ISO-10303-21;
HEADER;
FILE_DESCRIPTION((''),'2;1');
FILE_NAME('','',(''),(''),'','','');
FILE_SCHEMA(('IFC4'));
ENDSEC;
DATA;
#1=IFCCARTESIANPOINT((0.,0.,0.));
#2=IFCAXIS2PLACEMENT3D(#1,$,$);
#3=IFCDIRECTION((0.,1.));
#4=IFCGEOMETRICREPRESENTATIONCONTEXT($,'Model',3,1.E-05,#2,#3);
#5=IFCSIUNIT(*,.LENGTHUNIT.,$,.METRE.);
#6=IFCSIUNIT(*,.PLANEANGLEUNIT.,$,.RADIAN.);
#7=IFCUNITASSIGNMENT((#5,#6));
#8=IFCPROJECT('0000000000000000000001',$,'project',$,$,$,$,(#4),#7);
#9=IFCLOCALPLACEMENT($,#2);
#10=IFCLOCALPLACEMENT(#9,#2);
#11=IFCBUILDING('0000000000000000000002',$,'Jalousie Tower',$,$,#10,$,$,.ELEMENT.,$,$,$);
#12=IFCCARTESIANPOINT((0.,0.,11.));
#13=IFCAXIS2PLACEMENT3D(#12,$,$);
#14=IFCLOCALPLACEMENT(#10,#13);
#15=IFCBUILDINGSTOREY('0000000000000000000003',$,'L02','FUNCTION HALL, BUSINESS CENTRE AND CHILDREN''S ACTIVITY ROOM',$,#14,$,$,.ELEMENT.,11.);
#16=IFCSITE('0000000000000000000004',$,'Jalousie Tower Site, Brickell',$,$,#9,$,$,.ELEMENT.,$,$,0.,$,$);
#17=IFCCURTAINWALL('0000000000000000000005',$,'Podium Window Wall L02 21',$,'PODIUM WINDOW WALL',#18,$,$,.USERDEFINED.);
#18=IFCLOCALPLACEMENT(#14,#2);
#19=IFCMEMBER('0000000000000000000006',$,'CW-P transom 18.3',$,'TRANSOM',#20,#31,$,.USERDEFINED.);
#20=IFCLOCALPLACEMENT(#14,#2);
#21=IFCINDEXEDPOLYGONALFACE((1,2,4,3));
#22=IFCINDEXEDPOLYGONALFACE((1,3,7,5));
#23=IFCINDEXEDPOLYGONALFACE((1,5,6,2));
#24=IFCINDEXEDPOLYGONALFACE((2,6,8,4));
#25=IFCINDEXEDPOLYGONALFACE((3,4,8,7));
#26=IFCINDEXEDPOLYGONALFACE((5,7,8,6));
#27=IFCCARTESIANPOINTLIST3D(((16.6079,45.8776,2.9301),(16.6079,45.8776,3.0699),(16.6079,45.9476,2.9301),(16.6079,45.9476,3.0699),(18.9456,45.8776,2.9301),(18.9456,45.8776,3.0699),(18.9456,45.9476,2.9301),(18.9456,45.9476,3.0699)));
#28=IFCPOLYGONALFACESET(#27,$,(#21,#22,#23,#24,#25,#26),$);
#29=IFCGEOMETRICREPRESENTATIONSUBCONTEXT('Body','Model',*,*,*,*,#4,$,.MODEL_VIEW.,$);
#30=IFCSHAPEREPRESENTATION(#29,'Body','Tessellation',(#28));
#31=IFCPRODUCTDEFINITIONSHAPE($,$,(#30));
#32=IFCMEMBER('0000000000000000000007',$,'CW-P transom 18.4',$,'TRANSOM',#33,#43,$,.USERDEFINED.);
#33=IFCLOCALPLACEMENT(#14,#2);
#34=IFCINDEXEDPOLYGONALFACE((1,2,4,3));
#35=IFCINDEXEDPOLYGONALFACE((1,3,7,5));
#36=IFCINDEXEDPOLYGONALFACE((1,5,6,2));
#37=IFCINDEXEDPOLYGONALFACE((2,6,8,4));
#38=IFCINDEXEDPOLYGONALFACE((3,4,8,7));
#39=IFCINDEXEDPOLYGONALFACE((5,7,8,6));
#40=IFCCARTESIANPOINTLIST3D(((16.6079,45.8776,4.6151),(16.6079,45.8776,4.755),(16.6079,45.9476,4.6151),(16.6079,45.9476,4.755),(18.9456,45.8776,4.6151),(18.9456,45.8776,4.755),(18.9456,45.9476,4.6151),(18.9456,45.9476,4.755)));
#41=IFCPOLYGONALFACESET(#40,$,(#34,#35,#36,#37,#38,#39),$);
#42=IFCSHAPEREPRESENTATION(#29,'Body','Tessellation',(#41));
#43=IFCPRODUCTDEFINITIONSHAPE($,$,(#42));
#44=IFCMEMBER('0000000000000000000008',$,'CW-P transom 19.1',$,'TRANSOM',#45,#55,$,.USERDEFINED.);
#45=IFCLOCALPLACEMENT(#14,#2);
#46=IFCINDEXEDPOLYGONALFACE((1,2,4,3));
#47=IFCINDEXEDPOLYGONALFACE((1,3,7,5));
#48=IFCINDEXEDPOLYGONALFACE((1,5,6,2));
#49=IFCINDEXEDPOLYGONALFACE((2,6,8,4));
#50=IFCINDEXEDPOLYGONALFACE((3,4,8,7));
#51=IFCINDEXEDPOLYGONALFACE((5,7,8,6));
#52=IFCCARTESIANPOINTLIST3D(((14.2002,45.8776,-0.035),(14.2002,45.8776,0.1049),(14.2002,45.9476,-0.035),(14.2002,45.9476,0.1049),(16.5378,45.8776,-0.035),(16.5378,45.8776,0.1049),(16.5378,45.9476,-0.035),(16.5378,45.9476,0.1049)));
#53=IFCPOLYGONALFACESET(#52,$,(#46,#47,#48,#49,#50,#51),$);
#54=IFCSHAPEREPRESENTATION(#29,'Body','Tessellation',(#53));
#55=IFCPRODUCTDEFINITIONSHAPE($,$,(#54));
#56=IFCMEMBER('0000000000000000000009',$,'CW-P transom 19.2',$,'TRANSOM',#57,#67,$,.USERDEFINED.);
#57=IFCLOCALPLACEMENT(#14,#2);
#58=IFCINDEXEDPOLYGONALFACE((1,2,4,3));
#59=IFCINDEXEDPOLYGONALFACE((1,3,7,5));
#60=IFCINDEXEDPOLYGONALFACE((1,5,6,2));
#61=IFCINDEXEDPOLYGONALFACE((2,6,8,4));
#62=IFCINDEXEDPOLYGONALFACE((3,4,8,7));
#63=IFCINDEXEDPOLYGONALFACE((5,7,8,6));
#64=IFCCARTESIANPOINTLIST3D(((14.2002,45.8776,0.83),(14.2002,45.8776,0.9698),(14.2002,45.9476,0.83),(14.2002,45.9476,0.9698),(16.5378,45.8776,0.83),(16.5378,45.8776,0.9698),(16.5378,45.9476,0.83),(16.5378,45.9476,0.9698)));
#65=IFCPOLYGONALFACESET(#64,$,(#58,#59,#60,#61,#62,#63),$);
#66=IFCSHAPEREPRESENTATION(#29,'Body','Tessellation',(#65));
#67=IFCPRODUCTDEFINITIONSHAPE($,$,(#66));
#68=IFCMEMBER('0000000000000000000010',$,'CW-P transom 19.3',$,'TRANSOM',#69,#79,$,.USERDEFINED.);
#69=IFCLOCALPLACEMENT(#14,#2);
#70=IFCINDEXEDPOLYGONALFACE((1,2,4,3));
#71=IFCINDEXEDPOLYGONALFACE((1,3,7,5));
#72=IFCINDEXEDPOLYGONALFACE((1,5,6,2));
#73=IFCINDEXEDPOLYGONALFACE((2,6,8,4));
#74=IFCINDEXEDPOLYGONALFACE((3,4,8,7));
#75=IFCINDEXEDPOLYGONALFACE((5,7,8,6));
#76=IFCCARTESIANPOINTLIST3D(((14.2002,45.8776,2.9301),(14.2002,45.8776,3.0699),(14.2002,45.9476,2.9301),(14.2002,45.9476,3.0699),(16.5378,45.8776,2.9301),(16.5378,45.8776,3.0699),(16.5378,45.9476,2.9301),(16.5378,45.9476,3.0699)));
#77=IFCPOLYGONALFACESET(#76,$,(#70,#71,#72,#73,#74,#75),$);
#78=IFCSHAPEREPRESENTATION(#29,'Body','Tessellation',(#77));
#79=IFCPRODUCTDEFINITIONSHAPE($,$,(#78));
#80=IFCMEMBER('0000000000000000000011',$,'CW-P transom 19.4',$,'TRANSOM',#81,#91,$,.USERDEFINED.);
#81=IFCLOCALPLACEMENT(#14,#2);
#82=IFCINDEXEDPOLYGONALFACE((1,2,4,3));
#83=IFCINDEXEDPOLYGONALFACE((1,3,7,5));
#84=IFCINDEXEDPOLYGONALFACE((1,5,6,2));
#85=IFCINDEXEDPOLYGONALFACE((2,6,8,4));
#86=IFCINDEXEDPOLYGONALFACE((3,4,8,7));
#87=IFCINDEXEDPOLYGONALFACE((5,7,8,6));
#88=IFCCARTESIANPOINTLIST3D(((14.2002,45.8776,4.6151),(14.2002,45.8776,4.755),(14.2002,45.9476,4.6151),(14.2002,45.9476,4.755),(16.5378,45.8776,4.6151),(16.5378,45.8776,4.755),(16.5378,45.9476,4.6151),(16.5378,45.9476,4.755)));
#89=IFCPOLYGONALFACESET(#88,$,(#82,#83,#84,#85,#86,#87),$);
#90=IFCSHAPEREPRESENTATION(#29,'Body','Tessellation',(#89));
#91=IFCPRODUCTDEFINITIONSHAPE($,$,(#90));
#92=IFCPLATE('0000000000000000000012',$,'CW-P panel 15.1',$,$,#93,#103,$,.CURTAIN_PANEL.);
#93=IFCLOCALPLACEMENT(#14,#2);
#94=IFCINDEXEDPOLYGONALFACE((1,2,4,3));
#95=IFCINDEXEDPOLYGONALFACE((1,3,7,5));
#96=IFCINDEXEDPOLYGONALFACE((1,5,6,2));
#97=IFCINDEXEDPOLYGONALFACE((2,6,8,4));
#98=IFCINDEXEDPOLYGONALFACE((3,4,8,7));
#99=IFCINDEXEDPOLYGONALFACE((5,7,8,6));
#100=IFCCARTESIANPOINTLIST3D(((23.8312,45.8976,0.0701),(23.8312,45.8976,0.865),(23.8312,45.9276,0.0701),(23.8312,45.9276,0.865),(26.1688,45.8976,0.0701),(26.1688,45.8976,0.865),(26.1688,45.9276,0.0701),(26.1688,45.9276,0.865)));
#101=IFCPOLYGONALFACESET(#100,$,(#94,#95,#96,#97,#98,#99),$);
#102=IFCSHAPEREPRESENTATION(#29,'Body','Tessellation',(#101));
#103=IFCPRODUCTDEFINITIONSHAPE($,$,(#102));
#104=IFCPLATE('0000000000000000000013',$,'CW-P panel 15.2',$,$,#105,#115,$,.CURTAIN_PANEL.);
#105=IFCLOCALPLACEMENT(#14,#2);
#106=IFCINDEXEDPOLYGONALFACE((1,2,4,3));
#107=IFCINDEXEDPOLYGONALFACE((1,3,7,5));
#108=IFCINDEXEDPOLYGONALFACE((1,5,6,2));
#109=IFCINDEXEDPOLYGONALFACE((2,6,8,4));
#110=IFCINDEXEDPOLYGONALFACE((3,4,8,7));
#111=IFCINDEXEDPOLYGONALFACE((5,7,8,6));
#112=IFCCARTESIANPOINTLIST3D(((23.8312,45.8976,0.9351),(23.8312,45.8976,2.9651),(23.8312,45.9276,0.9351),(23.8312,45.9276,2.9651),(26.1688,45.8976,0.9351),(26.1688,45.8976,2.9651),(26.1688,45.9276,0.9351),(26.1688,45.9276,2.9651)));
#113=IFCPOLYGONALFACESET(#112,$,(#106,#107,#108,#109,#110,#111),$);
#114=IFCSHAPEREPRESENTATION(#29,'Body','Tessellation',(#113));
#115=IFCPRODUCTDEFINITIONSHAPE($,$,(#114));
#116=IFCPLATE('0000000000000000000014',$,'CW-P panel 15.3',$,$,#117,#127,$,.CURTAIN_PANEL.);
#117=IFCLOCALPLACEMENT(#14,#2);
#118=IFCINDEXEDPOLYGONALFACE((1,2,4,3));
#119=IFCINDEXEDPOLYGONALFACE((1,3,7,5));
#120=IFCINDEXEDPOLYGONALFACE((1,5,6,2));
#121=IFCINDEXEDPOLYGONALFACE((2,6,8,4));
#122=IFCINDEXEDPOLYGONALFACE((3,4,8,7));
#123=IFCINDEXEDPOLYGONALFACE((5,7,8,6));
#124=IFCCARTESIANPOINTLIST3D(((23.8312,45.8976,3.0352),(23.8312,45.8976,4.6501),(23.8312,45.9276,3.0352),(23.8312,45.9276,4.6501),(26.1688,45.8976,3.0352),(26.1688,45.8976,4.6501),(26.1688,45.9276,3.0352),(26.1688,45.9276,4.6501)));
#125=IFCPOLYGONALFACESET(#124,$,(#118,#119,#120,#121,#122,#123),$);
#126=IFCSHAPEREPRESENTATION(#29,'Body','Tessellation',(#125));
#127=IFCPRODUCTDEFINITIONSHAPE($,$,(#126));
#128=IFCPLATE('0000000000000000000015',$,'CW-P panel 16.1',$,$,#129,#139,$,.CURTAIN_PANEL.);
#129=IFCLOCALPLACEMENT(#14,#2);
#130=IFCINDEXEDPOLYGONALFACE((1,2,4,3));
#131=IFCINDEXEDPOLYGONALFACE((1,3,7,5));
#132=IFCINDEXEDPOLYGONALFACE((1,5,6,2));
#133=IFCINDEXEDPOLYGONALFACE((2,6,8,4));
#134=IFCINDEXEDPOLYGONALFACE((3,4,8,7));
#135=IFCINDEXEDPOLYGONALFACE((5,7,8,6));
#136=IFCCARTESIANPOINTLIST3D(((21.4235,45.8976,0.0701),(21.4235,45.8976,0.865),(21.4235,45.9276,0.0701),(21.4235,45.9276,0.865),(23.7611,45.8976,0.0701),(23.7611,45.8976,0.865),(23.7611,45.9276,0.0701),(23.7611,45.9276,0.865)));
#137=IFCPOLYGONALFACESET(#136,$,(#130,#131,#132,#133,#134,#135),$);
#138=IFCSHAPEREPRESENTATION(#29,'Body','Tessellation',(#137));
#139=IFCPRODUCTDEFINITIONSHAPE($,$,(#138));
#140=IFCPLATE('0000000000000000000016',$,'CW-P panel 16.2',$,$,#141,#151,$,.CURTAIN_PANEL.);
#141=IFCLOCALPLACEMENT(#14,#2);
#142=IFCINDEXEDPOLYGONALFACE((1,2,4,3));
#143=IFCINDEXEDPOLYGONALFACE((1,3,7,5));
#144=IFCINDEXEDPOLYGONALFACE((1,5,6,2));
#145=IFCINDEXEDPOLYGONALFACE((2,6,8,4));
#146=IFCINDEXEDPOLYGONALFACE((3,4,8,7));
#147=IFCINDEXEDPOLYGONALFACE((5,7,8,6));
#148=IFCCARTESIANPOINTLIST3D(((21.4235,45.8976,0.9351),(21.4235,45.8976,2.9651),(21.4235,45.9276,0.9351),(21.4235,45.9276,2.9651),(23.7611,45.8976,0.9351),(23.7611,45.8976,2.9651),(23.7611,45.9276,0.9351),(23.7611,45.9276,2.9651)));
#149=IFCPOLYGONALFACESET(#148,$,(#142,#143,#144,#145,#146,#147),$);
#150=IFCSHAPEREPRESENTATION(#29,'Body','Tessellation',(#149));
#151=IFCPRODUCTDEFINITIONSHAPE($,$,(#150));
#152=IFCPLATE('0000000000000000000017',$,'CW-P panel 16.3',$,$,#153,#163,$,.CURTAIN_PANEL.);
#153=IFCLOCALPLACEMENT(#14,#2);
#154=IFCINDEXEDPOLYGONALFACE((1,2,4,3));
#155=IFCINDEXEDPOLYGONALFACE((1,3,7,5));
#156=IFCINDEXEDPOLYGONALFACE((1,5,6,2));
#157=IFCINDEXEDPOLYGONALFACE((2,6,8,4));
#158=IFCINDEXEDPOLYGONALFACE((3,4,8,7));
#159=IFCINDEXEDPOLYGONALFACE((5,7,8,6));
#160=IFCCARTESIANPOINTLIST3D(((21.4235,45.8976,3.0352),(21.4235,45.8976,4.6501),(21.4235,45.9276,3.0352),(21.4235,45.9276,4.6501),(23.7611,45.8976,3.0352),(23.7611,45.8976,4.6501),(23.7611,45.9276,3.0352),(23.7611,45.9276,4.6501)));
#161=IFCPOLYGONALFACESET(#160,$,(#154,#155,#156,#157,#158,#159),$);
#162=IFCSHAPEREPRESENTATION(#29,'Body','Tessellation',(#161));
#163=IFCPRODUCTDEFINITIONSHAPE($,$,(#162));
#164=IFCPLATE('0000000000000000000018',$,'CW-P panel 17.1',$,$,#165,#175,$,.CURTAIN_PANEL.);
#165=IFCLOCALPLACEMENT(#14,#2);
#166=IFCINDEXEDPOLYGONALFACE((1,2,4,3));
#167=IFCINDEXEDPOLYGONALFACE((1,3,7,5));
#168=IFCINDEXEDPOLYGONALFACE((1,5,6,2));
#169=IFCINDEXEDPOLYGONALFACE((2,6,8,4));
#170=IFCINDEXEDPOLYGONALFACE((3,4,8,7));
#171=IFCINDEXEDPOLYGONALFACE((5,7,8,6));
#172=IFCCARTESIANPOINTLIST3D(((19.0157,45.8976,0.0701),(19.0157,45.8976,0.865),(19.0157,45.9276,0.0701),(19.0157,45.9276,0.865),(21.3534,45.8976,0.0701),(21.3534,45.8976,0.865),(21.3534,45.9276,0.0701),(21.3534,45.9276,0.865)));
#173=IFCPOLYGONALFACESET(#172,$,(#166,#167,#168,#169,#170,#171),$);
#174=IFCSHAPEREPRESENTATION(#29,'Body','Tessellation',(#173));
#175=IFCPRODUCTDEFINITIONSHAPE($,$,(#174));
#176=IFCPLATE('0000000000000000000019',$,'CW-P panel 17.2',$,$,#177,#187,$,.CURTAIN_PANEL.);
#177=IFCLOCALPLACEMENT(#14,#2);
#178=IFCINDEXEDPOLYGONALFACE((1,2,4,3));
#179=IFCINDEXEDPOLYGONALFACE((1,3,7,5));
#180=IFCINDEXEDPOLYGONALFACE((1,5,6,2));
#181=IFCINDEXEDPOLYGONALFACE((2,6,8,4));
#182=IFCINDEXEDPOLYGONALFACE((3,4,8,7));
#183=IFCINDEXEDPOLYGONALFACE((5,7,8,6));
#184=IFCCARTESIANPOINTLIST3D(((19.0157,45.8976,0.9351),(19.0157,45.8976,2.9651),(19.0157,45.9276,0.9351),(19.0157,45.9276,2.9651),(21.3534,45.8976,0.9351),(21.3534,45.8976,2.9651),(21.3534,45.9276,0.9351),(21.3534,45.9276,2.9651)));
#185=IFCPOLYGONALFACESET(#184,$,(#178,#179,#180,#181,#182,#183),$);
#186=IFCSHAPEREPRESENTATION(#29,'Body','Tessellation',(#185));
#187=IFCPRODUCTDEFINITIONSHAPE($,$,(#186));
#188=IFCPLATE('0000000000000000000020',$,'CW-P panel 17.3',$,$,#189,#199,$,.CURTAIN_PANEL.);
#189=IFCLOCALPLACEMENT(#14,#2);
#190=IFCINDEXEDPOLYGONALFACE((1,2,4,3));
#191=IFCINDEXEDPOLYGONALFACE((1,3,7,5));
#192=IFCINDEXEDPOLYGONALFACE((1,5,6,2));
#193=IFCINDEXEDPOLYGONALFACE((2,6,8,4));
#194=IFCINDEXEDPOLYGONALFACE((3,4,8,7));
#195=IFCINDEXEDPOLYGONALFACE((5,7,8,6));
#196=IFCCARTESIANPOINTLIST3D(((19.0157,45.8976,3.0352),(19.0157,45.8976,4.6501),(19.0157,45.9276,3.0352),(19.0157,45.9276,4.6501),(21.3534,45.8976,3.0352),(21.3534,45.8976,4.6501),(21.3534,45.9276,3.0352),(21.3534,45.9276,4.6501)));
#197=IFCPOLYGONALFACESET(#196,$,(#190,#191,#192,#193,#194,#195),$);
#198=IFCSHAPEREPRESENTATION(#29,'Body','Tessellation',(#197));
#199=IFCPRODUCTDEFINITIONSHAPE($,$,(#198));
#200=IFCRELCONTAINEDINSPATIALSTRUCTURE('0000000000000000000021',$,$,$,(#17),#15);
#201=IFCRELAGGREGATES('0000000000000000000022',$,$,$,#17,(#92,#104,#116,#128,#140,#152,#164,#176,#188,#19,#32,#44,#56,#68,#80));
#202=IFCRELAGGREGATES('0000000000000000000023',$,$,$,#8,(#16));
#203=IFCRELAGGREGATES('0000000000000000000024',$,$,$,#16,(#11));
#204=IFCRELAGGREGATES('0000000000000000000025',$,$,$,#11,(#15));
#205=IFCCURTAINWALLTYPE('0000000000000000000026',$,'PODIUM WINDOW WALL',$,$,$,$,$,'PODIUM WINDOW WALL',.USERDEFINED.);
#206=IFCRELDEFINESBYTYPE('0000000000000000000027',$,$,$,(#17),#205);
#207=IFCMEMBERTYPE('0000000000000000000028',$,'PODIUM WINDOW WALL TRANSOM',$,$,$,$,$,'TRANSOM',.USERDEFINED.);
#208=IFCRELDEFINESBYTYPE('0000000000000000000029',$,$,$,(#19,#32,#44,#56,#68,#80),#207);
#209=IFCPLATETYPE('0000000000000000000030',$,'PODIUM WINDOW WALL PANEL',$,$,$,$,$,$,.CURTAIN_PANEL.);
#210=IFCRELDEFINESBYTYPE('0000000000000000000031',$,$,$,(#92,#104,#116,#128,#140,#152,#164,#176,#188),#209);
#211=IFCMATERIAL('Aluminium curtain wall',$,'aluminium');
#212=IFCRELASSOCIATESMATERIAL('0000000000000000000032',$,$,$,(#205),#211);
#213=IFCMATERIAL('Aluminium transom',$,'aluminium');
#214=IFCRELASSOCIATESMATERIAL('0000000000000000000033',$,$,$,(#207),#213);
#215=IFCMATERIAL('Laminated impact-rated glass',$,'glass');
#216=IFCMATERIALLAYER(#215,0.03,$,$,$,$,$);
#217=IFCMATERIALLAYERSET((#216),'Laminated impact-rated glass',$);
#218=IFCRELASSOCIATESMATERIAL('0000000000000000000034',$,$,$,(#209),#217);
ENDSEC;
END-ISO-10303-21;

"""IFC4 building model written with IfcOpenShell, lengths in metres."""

from ifc_helpers import new_model, si_unit, direction, frame, origin, origin_2d, place, context, subcontext, project, spatial, rectangle, extrude, material, layer, layer_set, material_profile, profile_set, type_object, element, aggregate, save


model = new_model("IFC4")

# Units and contexts
model_context = context("Model", 3, precision=1e-05, world=origin(), true_north=direction((0.0, 1.0)))
body_context = subcontext(model_context, "Body", "Model", "MODEL_VIEW")
ifc_project = project(units=[si_unit("LENGTHUNIT", "METRE"), si_unit("PLANEANGLEUNIT", "RADIAN")], contexts=[model_context])

# Site, building, storey
site_placement = place(None, origin())
site = spatial("IfcSite", under=ifc_project, at=site_placement, Name="Jalousie Tower Site, Brickell", CompositionType="ELEMENT", RefElevation=0.0)
building_placement = place(site_placement, origin())
building = spatial("IfcBuilding", under=site, at=building_placement, Name="Jalousie Tower", CompositionType="ELEMENT")
storey_placement = place(building_placement, frame((0.0, 0.0, 11.0)))
storey = spatial("IfcBuildingStorey", under=building, at=storey_placement, Name="L02", Description="FUNCTION HALL, BUSINESS CENTRE AND CHILDREN'S ACTIVITY ROOM", CompositionType="ELEMENT", Elevation=11.0)

# Curtain wall, members, plates
ifc_material_1 = material(Name="Aluminium curtain wall", Category="aluminium")
curtain_wall_type = type_object("IfcCurtainWallType", Name="PODIUM WINDOW WALL", ElementType="PODIUM WINDOW WALL", PredefinedType="USERDEFINED", material=ifc_material_1)
curtain_wall_placement = place(storey_placement, origin())
curtain_wall = element("IfcCurtainWall", 1, at=curtain_wall_placement, inside=storey, type_object=curtain_wall_type, Name="Podium Window Wall L02 21", ObjectType="PODIUM WINDOW WALL", PredefinedType="USERDEFINED")
ifc_material_2 = material(Name="Aluminium transom", Category="aluminium")
ifc_material_profile_1 = material_profile(ifc_material_2, rectangle(XDim=0.0701, YDim=0.1399, at=origin_2d()), Name="TRANSOM 70x140")
ifc_profile_set_1 = profile_set([ifc_material_profile_1], Name="Aluminium transom")
member_type_1 = type_object("IfcMemberType", Name="PODIUM WINDOW WALL TRANSOM", ElementType="TRANSOM", PredefinedType="USERDEFINED", material=ifc_profile_set_1)
member_1_placement = place(storey_placement, frame((18.9456, 45.9126, 3.0), z_axis=(-1.0, 0.0, 0.0), x_axis=(0.0, -1.0, 0.0)))
member_1 = element("IfcMember", 2, at=member_1_placement, type_object=member_type_1, Name="CW-P transom 18.3", ObjectType="TRANSOM", PredefinedType="USERDEFINED", context=body_context, shape_type="SweptSolid", body=[
    extrude(rectangle(XDim=0.0701, YDim=0.1399, at=origin_2d()), origin(), (0.0, 0.0, 1.0), 2.3376),
])
member_2_placement = place(storey_placement, frame((18.9456, 45.9126, 4.6851), z_axis=(-1.0, 0.0, 0.0), x_axis=(0.0, -1.0, 0.0)))
member_2 = element("IfcMember", 3, at=member_2_placement, type_object=member_type_1, Name="CW-P transom 18.4", ObjectType="TRANSOM", PredefinedType="USERDEFINED", context=body_context, shape_type="SweptSolid", body=[
    extrude(rectangle(XDim=0.0701, YDim=0.1399, at=origin_2d()), origin(), (0.0, 0.0, 1.0), 2.3376),
])
member_3_placement = place(storey_placement, frame((16.5378, 45.9126, 0.0349), z_axis=(-1.0, 0.0, 0.0), x_axis=(0.0, -1.0, 0.0)))
member_3 = element("IfcMember", 4, at=member_3_placement, type_object=member_type_1, Name="CW-P transom 19.1", ObjectType="TRANSOM", PredefinedType="USERDEFINED", context=body_context, shape_type="SweptSolid", body=[
    extrude(rectangle(XDim=0.0701, YDim=0.1399, at=origin_2d()), origin(), (0.0, 0.0, 1.0), 2.3376),
])
member_4_placement = place(storey_placement, frame((16.5378, 45.9126, 0.8999), z_axis=(-1.0, 0.0, 0.0), x_axis=(0.0, -1.0, 0.0)))
member_4 = element("IfcMember", 5, at=member_4_placement, type_object=member_type_1, Name="CW-P transom 19.2", ObjectType="TRANSOM", PredefinedType="USERDEFINED", context=body_context, shape_type="SweptSolid", body=[
    extrude(rectangle(XDim=0.0701, YDim=0.1399, at=origin_2d()), origin(), (0.0, 0.0, 1.0), 2.3376),
])
member_5_placement = place(storey_placement, frame((16.5378, 45.9126, 3.0), z_axis=(-1.0, 0.0, 0.0), x_axis=(0.0, -1.0, 0.0)))
member_5 = element("IfcMember", 6, at=member_5_placement, type_object=member_type_1, Name="CW-P transom 19.3", ObjectType="TRANSOM", PredefinedType="USERDEFINED", context=body_context, shape_type="SweptSolid", body=[
    extrude(rectangle(XDim=0.0701, YDim=0.1399, at=origin_2d()), origin(), (0.0, 0.0, 1.0), 2.3376),
])
member_6_placement = place(storey_placement, frame((16.5378, 45.9126, 4.6851), z_axis=(-1.0, 0.0, 0.0), x_axis=(0.0, -1.0, 0.0)))
member_6 = element("IfcMember", 7, at=member_6_placement, type_object=member_type_1, Name="CW-P transom 19.4", ObjectType="TRANSOM", PredefinedType="USERDEFINED", context=body_context, shape_type="SweptSolid", body=[
    extrude(rectangle(XDim=0.0701, YDim=0.1399, at=origin_2d()), origin(), (0.0, 0.0, 1.0), 2.3376),
])
ifc_material_3 = material(Name="Laminated impact-rated glass", Category="glass")
ifc_layer = layer(ifc_material_3, 0.03)
ifc_layer_set = layer_set([ifc_layer], Name="Laminated impact-rated glass")
plate_type = type_object("IfcPlateType", Name="PODIUM WINDOW WALL PANEL", PredefinedType="CURTAIN_PANEL", material=ifc_layer_set)
plate_1_placement = place(storey_placement, frame((25.0, 45.9126, 0.0701), z_axis=(0.0, 0.0, 1.0), x_axis=(-1.0, 0.0, 0.0)))
plate_1 = element("IfcPlate", 8, at=plate_1_placement, type_object=plate_type, Name="CW-P panel 15.1", PredefinedType="CURTAIN_PANEL", context=body_context, shape_type="SweptSolid", body=[
    extrude(rectangle(XDim=2.3376, YDim=0.03, at=origin_2d()), origin(), (0.0, 0.0, 1.0), 0.7949),
])
plate_2_placement = place(storey_placement, frame((25.0, 45.9126, 0.9351), z_axis=(0.0, 0.0, 1.0), x_axis=(-1.0, 0.0, 0.0)))
plate_2 = element("IfcPlate", 9, at=plate_2_placement, type_object=plate_type, Name="CW-P panel 15.2", PredefinedType="CURTAIN_PANEL", context=body_context, shape_type="SweptSolid", body=[
    extrude(rectangle(XDim=2.3376, YDim=0.03, at=origin_2d()), origin(), (0.0, 0.0, 1.0), 2.03),
])
plate_3_placement = place(storey_placement, frame((25.0, 45.9126, 3.0352), z_axis=(0.0, 0.0, 1.0), x_axis=(-1.0, 0.0, 0.0)))
plate_3 = element("IfcPlate", 10, at=plate_3_placement, type_object=plate_type, Name="CW-P panel 15.3", PredefinedType="CURTAIN_PANEL", context=body_context, shape_type="SweptSolid", body=[
    extrude(rectangle(XDim=2.3376, YDim=0.03, at=origin_2d()), origin(), (0.0, 0.0, 1.0), 1.615),
])
plate_4_placement = place(storey_placement, frame((22.5923, 45.9126, 0.0701), z_axis=(0.0, 0.0, 1.0), x_axis=(-1.0, 0.0, 0.0)))
plate_4 = element("IfcPlate", 11, at=plate_4_placement, type_object=plate_type, Name="CW-P panel 16.1", PredefinedType="CURTAIN_PANEL", context=body_context, shape_type="SweptSolid", body=[
    extrude(rectangle(XDim=2.3376, YDim=0.03, at=origin_2d()), origin(), (0.0, 0.0, 1.0), 0.7949),
])
plate_5_placement = place(storey_placement, frame((22.5923, 45.9126, 0.9351), z_axis=(0.0, 0.0, 1.0), x_axis=(-1.0, 0.0, 0.0)))
plate_5 = element("IfcPlate", 12, at=plate_5_placement, type_object=plate_type, Name="CW-P panel 16.2", PredefinedType="CURTAIN_PANEL", context=body_context, shape_type="SweptSolid", body=[
    extrude(rectangle(XDim=2.3376, YDim=0.03, at=origin_2d()), origin(), (0.0, 0.0, 1.0), 2.03),
])
plate_6_placement = place(storey_placement, frame((22.5923, 45.9126, 3.0352), z_axis=(0.0, 0.0, 1.0), x_axis=(-1.0, 0.0, 0.0)))
plate_6 = element("IfcPlate", 13, at=plate_6_placement, type_object=plate_type, Name="CW-P panel 16.3", PredefinedType="CURTAIN_PANEL", context=body_context, shape_type="SweptSolid", body=[
    extrude(rectangle(XDim=2.3376, YDim=0.03, at=origin_2d()), origin(), (0.0, 0.0, 1.0), 1.615),
])
plate_7_placement = place(storey_placement, frame((20.1846, 45.9126, 0.0701), z_axis=(0.0, 0.0, 1.0), x_axis=(-1.0, 0.0, 0.0)))
plate_7 = element("IfcPlate", 14, at=plate_7_placement, type_object=plate_type, Name="CW-P panel 17.1", PredefinedType="CURTAIN_PANEL", context=body_context, shape_type="SweptSolid", body=[
    extrude(rectangle(XDim=2.3376, YDim=0.03, at=origin_2d()), origin(), (0.0, 0.0, 1.0), 0.7949),
])
plate_8_placement = place(storey_placement, frame((20.1846, 45.9126, 0.9351), z_axis=(0.0, 0.0, 1.0), x_axis=(-1.0, 0.0, 0.0)))
plate_8 = element("IfcPlate", 15, at=plate_8_placement, type_object=plate_type, Name="CW-P panel 17.2", PredefinedType="CURTAIN_PANEL", context=body_context, shape_type="SweptSolid", body=[
    extrude(rectangle(XDim=2.3376, YDim=0.03, at=origin_2d()), origin(), (0.0, 0.0, 1.0), 2.03),
])
plate_9_placement = place(storey_placement, frame((20.1846, 45.9126, 3.0352), z_axis=(0.0, 0.0, 1.0), x_axis=(-1.0, 0.0, 0.0)))
plate_9 = element("IfcPlate", 16, at=plate_9_placement, type_object=plate_type, Name="CW-P panel 17.3", PredefinedType="CURTAIN_PANEL", context=body_context, shape_type="SweptSolid", body=[
    extrude(rectangle(XDim=2.3376, YDim=0.03, at=origin_2d()), origin(), (0.0, 0.0, 1.0), 1.615),
])
aggregate(curtain_wall, [plate_1, plate_2, plate_3, plate_4, plate_5, plate_6, plate_7, plate_8, plate_9, member_1, member_2, member_3, member_4, member_5, member_6])

save(model, "model.ifc")
